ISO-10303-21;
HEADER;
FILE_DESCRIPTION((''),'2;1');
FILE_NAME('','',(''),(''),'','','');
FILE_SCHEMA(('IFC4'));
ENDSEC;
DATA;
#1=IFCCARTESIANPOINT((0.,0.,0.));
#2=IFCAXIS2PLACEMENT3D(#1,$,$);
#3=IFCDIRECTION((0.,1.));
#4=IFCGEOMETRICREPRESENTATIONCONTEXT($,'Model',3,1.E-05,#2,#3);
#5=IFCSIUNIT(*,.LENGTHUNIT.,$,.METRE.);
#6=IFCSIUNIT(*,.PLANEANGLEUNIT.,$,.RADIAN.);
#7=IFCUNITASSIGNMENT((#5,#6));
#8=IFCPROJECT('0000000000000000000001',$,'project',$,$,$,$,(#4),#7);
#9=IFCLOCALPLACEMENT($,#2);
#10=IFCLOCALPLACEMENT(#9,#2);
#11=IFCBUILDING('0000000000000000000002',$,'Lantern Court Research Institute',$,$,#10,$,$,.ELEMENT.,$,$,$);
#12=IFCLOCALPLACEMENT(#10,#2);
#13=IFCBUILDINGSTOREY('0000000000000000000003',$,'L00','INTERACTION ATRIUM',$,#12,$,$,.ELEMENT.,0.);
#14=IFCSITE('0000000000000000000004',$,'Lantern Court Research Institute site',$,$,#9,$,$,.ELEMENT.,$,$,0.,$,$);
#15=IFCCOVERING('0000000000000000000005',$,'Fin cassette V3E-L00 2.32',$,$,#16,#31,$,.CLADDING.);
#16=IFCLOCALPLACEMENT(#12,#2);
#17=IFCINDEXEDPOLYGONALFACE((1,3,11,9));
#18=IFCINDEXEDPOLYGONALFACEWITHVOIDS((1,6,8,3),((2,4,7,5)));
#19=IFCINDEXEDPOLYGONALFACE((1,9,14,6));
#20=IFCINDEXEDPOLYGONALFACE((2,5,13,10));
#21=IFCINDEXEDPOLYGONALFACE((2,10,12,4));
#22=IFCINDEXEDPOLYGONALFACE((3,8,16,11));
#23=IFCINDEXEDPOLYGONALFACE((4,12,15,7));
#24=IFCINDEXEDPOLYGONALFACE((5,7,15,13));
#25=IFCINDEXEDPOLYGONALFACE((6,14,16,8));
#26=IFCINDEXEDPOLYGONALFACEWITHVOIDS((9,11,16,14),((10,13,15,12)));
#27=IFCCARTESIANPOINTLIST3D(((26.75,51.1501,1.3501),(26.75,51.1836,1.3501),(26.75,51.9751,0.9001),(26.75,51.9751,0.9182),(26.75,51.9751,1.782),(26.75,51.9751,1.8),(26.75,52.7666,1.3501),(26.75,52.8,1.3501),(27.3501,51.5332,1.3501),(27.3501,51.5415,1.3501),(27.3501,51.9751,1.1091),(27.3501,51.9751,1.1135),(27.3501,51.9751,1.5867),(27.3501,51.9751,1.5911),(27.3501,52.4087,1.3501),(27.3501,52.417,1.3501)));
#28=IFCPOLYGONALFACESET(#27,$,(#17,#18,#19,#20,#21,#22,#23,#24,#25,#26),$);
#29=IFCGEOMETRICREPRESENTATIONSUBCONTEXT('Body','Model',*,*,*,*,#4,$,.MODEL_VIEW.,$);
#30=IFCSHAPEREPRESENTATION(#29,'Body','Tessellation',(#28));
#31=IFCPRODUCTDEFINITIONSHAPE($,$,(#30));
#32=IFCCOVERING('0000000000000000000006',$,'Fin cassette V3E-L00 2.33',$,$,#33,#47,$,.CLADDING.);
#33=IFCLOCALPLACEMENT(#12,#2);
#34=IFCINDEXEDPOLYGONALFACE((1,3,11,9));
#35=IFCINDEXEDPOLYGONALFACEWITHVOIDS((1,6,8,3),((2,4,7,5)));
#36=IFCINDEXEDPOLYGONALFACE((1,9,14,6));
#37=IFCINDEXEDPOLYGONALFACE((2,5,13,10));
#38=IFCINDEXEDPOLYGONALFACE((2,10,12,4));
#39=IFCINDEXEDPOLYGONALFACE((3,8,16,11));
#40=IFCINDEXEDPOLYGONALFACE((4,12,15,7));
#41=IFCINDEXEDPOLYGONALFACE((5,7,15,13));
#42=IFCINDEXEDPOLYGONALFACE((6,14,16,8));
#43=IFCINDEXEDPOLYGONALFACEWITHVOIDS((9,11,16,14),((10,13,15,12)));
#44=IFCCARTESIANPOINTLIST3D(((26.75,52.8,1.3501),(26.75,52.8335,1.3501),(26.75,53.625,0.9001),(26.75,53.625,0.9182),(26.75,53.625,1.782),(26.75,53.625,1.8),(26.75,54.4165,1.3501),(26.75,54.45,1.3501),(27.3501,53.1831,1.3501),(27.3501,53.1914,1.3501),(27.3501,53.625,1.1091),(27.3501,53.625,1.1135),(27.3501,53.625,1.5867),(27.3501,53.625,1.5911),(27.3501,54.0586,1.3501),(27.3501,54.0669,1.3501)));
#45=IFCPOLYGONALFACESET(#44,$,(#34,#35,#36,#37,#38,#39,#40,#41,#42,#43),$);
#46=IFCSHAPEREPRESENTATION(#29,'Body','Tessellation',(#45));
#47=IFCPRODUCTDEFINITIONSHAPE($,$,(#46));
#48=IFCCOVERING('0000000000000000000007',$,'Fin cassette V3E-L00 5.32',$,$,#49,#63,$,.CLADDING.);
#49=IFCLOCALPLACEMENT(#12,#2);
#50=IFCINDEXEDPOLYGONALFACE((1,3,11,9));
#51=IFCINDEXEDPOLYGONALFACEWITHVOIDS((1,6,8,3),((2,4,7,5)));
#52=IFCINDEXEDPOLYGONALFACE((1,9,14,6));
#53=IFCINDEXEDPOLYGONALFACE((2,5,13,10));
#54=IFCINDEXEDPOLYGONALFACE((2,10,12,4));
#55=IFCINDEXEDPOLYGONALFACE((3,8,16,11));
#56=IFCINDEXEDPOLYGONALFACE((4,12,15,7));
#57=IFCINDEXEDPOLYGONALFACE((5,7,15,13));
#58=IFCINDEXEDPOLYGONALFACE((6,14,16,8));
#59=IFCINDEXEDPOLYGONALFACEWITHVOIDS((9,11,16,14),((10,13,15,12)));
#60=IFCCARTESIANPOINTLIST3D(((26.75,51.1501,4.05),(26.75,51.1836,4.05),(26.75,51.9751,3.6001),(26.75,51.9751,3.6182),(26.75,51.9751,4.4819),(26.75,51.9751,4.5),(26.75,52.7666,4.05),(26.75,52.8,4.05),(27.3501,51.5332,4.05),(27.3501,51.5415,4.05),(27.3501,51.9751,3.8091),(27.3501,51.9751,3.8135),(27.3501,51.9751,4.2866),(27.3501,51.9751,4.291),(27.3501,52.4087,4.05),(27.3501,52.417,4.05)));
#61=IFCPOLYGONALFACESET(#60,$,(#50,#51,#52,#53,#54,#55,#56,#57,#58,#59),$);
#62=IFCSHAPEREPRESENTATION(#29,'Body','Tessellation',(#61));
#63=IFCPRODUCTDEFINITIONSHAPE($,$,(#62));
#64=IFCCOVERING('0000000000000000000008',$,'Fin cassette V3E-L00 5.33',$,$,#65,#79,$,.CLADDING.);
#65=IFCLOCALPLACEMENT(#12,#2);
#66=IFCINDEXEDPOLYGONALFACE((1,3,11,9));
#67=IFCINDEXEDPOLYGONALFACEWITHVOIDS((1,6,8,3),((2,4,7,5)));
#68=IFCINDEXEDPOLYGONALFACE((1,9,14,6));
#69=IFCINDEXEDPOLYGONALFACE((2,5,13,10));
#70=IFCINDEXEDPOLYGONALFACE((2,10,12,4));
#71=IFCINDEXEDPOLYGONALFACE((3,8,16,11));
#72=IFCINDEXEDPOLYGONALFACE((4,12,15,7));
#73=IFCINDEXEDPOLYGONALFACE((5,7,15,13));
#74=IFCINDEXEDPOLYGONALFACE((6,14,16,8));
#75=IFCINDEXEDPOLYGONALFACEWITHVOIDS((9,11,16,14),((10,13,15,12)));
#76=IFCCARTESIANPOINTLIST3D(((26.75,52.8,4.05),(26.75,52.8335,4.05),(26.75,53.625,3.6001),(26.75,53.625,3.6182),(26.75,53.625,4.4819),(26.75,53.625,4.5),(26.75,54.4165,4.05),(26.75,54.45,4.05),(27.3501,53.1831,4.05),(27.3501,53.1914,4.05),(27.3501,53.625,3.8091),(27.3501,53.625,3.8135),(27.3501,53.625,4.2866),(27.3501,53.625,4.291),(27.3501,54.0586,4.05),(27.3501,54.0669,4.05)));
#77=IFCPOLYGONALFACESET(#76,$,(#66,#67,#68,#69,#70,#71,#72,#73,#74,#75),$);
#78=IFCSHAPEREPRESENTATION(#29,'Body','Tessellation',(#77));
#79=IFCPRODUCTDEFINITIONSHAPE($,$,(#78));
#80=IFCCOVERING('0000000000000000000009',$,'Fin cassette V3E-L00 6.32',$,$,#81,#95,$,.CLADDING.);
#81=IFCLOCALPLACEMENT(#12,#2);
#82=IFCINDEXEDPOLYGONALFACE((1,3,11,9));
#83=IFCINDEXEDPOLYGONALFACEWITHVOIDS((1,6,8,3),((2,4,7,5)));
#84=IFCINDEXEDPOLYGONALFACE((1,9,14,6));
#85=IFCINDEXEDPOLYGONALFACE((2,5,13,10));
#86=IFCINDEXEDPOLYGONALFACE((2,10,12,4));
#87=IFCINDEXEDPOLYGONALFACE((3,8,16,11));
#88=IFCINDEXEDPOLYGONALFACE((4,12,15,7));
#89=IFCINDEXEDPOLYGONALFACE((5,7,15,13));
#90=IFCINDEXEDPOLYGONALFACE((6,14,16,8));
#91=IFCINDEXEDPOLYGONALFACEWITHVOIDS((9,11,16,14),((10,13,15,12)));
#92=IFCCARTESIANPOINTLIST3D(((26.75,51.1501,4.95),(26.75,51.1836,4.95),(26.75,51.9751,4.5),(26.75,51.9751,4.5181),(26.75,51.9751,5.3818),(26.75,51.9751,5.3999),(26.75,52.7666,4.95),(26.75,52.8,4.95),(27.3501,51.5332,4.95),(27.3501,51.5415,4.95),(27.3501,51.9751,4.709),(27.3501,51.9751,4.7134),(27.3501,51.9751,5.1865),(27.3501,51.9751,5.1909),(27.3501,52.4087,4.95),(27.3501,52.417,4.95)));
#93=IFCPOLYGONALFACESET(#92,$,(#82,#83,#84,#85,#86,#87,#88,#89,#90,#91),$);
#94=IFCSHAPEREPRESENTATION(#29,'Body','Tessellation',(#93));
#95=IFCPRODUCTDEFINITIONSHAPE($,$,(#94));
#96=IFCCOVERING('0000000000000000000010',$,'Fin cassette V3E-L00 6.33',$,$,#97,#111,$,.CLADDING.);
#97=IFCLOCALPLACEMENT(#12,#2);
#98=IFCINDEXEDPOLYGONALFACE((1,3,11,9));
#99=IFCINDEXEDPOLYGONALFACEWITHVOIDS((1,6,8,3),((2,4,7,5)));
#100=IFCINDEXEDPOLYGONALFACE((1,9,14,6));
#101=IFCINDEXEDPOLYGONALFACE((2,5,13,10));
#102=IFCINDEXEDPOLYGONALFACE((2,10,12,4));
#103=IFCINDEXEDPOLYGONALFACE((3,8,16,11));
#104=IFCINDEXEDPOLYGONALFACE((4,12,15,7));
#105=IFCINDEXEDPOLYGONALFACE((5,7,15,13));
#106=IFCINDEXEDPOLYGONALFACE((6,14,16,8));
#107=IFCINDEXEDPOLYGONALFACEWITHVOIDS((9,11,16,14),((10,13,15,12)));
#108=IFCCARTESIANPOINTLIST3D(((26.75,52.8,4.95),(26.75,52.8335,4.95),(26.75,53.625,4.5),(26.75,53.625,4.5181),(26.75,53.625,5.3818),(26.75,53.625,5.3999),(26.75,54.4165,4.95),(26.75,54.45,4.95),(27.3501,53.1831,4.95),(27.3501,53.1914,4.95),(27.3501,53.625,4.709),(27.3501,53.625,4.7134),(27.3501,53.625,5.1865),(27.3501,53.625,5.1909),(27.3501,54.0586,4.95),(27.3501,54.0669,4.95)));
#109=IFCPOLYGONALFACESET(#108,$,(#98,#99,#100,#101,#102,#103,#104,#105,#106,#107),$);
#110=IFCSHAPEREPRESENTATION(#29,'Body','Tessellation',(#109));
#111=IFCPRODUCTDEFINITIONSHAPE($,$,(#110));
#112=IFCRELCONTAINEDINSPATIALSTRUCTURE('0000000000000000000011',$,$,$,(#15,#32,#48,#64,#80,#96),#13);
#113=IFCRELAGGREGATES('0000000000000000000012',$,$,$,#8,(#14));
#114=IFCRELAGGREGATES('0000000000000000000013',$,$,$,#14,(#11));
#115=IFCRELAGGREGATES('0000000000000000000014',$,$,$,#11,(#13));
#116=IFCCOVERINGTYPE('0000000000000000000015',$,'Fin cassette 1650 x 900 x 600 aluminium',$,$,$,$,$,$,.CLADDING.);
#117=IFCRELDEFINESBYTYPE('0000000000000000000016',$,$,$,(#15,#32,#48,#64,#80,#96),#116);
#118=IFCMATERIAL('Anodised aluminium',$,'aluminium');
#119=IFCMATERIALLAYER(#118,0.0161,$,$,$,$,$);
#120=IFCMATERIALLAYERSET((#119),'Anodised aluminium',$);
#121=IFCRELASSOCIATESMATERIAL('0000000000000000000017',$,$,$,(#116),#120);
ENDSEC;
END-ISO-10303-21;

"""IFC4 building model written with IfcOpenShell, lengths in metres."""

from ifc_helpers import new_model, entity, si_unit, direction, frame, origin, place, context, subcontext, project, spatial, material, layer, layer_set, type_object, element, save


model = new_model("IFC4")

# Units and contexts
model_context = context("Model", 3, precision=1e-05, world=origin(), true_north=direction((0.0, 1.0)))
body_context = subcontext(model_context, "Body", "Model", "MODEL_VIEW")
ifc_project = project(units=[si_unit("LENGTHUNIT", "METRE"), si_unit("PLANEANGLEUNIT", "RADIAN")], contexts=[model_context])

# Site, building, storey
site_placement = place(None, origin())
site = spatial("IfcSite", under=ifc_project, at=site_placement, Name="Lantern Court Research Institute site", CompositionType="ELEMENT", RefElevation=0.0)
building_placement = place(site_placement, origin())
building = spatial("IfcBuilding", under=site, at=building_placement, Name="Lantern Court Research Institute", CompositionType="ELEMENT")
storey_placement = place(building_placement, origin())
storey = spatial("IfcBuildingStorey", under=building, at=storey_placement, Name="L00", Description="INTERACTION ATRIUM", CompositionType="ELEMENT", Elevation=0.0)

# Coverings
ifc_material_1 = material(Name="Anodised aluminium", Category="aluminium")
ifc_layer_1 = layer(ifc_material_1, 0.0161)
ifc_layer_set_1 = layer_set([ifc_layer_1], Name="Anodised aluminium")
covering_type_1 = type_object("IfcCoveringType", Name="Fin cassette 1650 x 900 x 600 aluminium", PredefinedType="CLADDING", material=ifc_layer_set_1)
covering_1_placement = place(storey_placement, frame((26.75, 51.9751, 1.3501), z_axis=(1.0, 0.0, 0.0), x_axis=(0.0, 1.0, 0.0)))
cartesian_point_1 = entity("IfcCartesianPoint", [0.825, 0.0])
cartesian_point_2 = entity("IfcCartesianPoint", [0.7915, 0.0])
cartesian_point_3 = entity("IfcCartesianPoint", [0.4419, 0.0])
cartesian_point_4 = entity("IfcCartesianPoint", [0.4336, 0.0])
element("IfcCovering", 1, at=covering_1_placement, inside=storey, type_object=covering_type_1, Name="Fin cassette V3E-L00 2.32", PredefinedType="CLADDING", context=body_context, shape_type="SweptSolid", body=[
    entity("IfcExtrudedAreaSolidTapered", entity("IfcArbitraryProfileDefWithVoids", "AREA", None, entity("IfcPolyline", [cartesian_point_1, entity("IfcCartesianPoint", [0.0, 0.45]), entity("IfcCartesianPoint", [-0.825, 0.0]), entity("IfcCartesianPoint", [0.0, -0.45]), cartesian_point_1]), [entity("IfcPolyline", [cartesian_point_2, entity("IfcCartesianPoint", [0.0, 0.4319]), entity("IfcCartesianPoint", [-0.7915, 0.0]), entity("IfcCartesianPoint", [0.0, -0.4319]), cartesian_point_2])]), entity("IfcAxis2Placement3D", entity("IfcCartesianPoint", [0.0, 0.0, 0.0])), entity("IfcDirection", [0.0, 0.0, 1.0]), 0.6001, entity("IfcArbitraryProfileDefWithVoids", "AREA", None, entity("IfcPolyline", [cartesian_point_3, entity("IfcCartesianPoint", [0.0, 0.241]), entity("IfcCartesianPoint", [-0.4419, 0.0]), entity("IfcCartesianPoint", [0.0, -0.241]), cartesian_point_3]), [entity("IfcPolyline", [cartesian_point_4, entity("IfcCartesianPoint", [0.0, 0.2366]), entity("IfcCartesianPoint", [-0.4336, 0.0]), entity("IfcCartesianPoint", [0.0, -0.2366]), cartesian_point_4])])),
])
covering_2_placement = place(storey_placement, frame((26.75, 53.625, 1.3501), z_axis=(1.0, 0.0, 0.0), x_axis=(0.0, 1.0, 0.0)))
cartesian_point_5 = entity("IfcCartesianPoint", [0.825, 0.0])
cartesian_point_6 = entity("IfcCartesianPoint", [0.7915, 0.0])
cartesian_point_7 = entity("IfcCartesianPoint", [0.4419, 0.0])
cartesian_point_8 = entity("IfcCartesianPoint", [0.4336, 0.0])
element("IfcCovering", 2, at=covering_2_placement, inside=storey, type_object=covering_type_1, Name="Fin cassette V3E-L00 2.33", PredefinedType="CLADDING", context=body_context, shape_type="SweptSolid", body=[
    entity("IfcExtrudedAreaSolidTapered", entity("IfcArbitraryProfileDefWithVoids", "AREA", None, entity("IfcPolyline", [cartesian_point_5, entity("IfcCartesianPoint", [0.0, 0.45]), entity("IfcCartesianPoint", [-0.825, 0.0]), entity("IfcCartesianPoint", [0.0, -0.45]), cartesian_point_5]), [entity("IfcPolyline", [cartesian_point_6, entity("IfcCartesianPoint", [0.0, 0.4319]), entity("IfcCartesianPoint", [-0.7915, 0.0]), entity("IfcCartesianPoint", [0.0, -0.4319]), cartesian_point_6])]), entity("IfcAxis2Placement3D", entity("IfcCartesianPoint", [0.0, 0.0, 0.0])), entity("IfcDirection", [0.0, 0.0, 1.0]), 0.6001, entity("IfcArbitraryProfileDefWithVoids", "AREA", None, entity("IfcPolyline", [cartesian_point_7, entity("IfcCartesianPoint", [0.0, 0.241]), entity("IfcCartesianPoint", [-0.4419, 0.0]), entity("IfcCartesianPoint", [0.0, -0.241]), cartesian_point_7]), [entity("IfcPolyline", [cartesian_point_8, entity("IfcCartesianPoint", [0.0, 0.2366]), entity("IfcCartesianPoint", [-0.4336, 0.0]), entity("IfcCartesianPoint", [0.0, -0.2366]), cartesian_point_8])])),
])
covering_3_placement = place(storey_placement, frame((26.75, 51.9751, 4.05), z_axis=(1.0, 0.0, 0.0), x_axis=(0.0, 1.0, 0.0)))
cartesian_point_9 = entity("IfcCartesianPoint", [0.825, 0.0])
cartesian_point_10 = entity("IfcCartesianPoint", [0.7915, 0.0])
cartesian_point_11 = entity("IfcCartesianPoint", [0.4419, 0.0])
cartesian_point_12 = entity("IfcCartesianPoint", [0.4336, 0.0])
element("IfcCovering", 3, at=covering_3_placement, inside=storey, type_object=covering_type_1, Name="Fin cassette V3E-L00 5.32", PredefinedType="CLADDING", context=body_context, shape_type="SweptSolid", body=[
    entity("IfcExtrudedAreaSolidTapered", entity("IfcArbitraryProfileDefWithVoids", "AREA", None, entity("IfcPolyline", [cartesian_point_9, entity("IfcCartesianPoint", [0.0, 0.45]), entity("IfcCartesianPoint", [-0.825, 0.0]), entity("IfcCartesianPoint", [0.0, -0.45]), cartesian_point_9]), [entity("IfcPolyline", [cartesian_point_10, entity("IfcCartesianPoint", [0.0, 0.4319]), entity("IfcCartesianPoint", [-0.7915, 0.0]), entity("IfcCartesianPoint", [0.0, -0.4319]), cartesian_point_10])]), entity("IfcAxis2Placement3D", entity("IfcCartesianPoint", [0.0, 0.0, 0.0])), entity("IfcDirection", [0.0, 0.0, 1.0]), 0.6001, entity("IfcArbitraryProfileDefWithVoids", "AREA", None, entity("IfcPolyline", [cartesian_point_11, entity("IfcCartesianPoint", [0.0, 0.241]), entity("IfcCartesianPoint", [-0.4419, 0.0]), entity("IfcCartesianPoint", [0.0, -0.241]), cartesian_point_11]), [entity("IfcPolyline", [cartesian_point_12, entity("IfcCartesianPoint", [0.0, 0.2366]), entity("IfcCartesianPoint", [-0.4336, 0.0]), entity("IfcCartesianPoint", [0.0, -0.2366]), cartesian_point_12])])),
])
covering_4_placement = place(storey_placement, frame((26.75, 53.625, 4.05), z_axis=(1.0, 0.0, 0.0), x_axis=(0.0, 1.0, 0.0)))
cartesian_point_13 = entity("IfcCartesianPoint", [0.825, 0.0])
cartesian_point_14 = entity("IfcCartesianPoint", [0.7915, 0.0])
cartesian_point_15 = entity("IfcCartesianPoint", [0.4419, 0.0])
cartesian_point_16 = entity("IfcCartesianPoint", [0.4336, 0.0])
element("IfcCovering", 4, at=covering_4_placement, inside=storey, type_object=covering_type_1, Name="Fin cassette V3E-L00 5.33", PredefinedType="CLADDING", context=body_context, shape_type="SweptSolid", body=[
    entity("IfcExtrudedAreaSolidTapered", entity("IfcArbitraryProfileDefWithVoids", "AREA", None, entity("IfcPolyline", [cartesian_point_13, entity("IfcCartesianPoint", [0.0, 0.45]), entity("IfcCartesianPoint", [-0.825, 0.0]), entity("IfcCartesianPoint", [0.0, -0.45]), cartesian_point_13]), [entity("IfcPolyline", [cartesian_point_14, entity("IfcCartesianPoint", [0.0, 0.4319]), entity("IfcCartesianPoint", [-0.7915, 0.0]), entity("IfcCartesianPoint", [0.0, -0.4319]), cartesian_point_14])]), entity("IfcAxis2Placement3D", entity("IfcCartesianPoint", [0.0, 0.0, 0.0])), entity("IfcDirection", [0.0, 0.0, 1.0]), 0.6001, entity("IfcArbitraryProfileDefWithVoids", "AREA", None, entity("IfcPolyline", [cartesian_point_15, entity("IfcCartesianPoint", [0.0, 0.241]), entity("IfcCartesianPoint", [-0.4419, 0.0]), entity("IfcCartesianPoint", [0.0, -0.241]), cartesian_point_15]), [entity("IfcPolyline", [cartesian_point_16, entity("IfcCartesianPoint", [0.0, 0.2366]), entity("IfcCartesianPoint", [-0.4336, 0.0]), entity("IfcCartesianPoint", [0.0, -0.2366]), cartesian_point_16])])),
])
covering_5_placement = place(storey_placement, frame((26.75, 51.9751, 4.95), z_axis=(1.0, 0.0, 0.0), x_axis=(0.0, 1.0, 0.0)))
cartesian_point_17 = entity("IfcCartesianPoint", [0.825, 0.0])
cartesian_point_18 = entity("IfcCartesianPoint", [0.7915, 0.0])
cartesian_point_19 = entity("IfcCartesianPoint", [0.4419, 0.0])
cartesian_point_20 = entity("IfcCartesianPoint", [0.4336, 0.0])
element("IfcCovering", 5, at=covering_5_placement, inside=storey, type_object=covering_type_1, Name="Fin cassette V3E-L00 6.32", PredefinedType="CLADDING", context=body_context, shape_type="SweptSolid", body=[
    entity("IfcExtrudedAreaSolidTapered", entity("IfcArbitraryProfileDefWithVoids", "AREA", None, entity("IfcPolyline", [cartesian_point_17, entity("IfcCartesianPoint", [0.0, 0.45]), entity("IfcCartesianPoint", [-0.825, 0.0]), entity("IfcCartesianPoint", [0.0, -0.45]), cartesian_point_17]), [entity("IfcPolyline", [cartesian_point_18, entity("IfcCartesianPoint", [0.0, 0.4319]), entity("IfcCartesianPoint", [-0.7915, 0.0]), entity("IfcCartesianPoint", [0.0, -0.4319]), cartesian_point_18])]), entity("IfcAxis2Placement3D", entity("IfcCartesianPoint", [0.0, 0.0, 0.0])), entity("IfcDirection", [0.0, 0.0, 1.0]), 0.6001, entity("IfcArbitraryProfileDefWithVoids", "AREA", None, entity("IfcPolyline", [cartesian_point_19, entity("IfcCartesianPoint", [0.0, 0.241]), entity("IfcCartesianPoint", [-0.4419, 0.0]), entity("IfcCartesianPoint", [0.0, -0.241]), cartesian_point_19]), [entity("IfcPolyline", [cartesian_point_20, entity("IfcCartesianPoint", [0.0, 0.2366]), entity("IfcCartesianPoint", [-0.4336, 0.0]), entity("IfcCartesianPoint", [0.0, -0.2366]), cartesian_point_20])])),
])
covering_6_placement = place(storey_placement, frame((26.75, 53.625, 4.95), z_axis=(1.0, 0.0, 0.0), x_axis=(0.0, 1.0, 0.0)))
cartesian_point_21 = entity("IfcCartesianPoint", [0.825, 0.0])
cartesian_point_22 = entity("IfcCartesianPoint", [0.7915, 0.0])
cartesian_point_23 = entity("IfcCartesianPoint", [0.4419, 0.0])
cartesian_point_24 = entity("IfcCartesianPoint", [0.4336, 0.0])
element("IfcCovering", 6, at=covering_6_placement, inside=storey, type_object=covering_type_1, Name="Fin cassette V3E-L00 6.33", PredefinedType="CLADDING", context=body_context, shape_type="SweptSolid", body=[
    entity("IfcExtrudedAreaSolidTapered", entity("IfcArbitraryProfileDefWithVoids", "AREA", None, entity("IfcPolyline", [cartesian_point_21, entity("IfcCartesianPoint", [0.0, 0.45]), entity("IfcCartesianPoint", [-0.825, 0.0]), entity("IfcCartesianPoint", [0.0, -0.45]), cartesian_point_21]), [entity("IfcPolyline", [cartesian_point_22, entity("IfcCartesianPoint", [0.0, 0.4319]), entity("IfcCartesianPoint", [-0.7915, 0.0]), entity("IfcCartesianPoint", [0.0, -0.4319]), cartesian_point_22])]), entity("IfcAxis2Placement3D", entity("IfcCartesianPoint", [0.0, 0.0, 0.0])), entity("IfcDirection", [0.0, 0.0, 1.0]), 0.6001, entity("IfcArbitraryProfileDefWithVoids", "AREA", None, entity("IfcPolyline", [cartesian_point_23, entity("IfcCartesianPoint", [0.0, 0.241]), entity("IfcCartesianPoint", [-0.4419, 0.0]), entity("IfcCartesianPoint", [0.0, -0.241]), cartesian_point_23]), [entity("IfcPolyline", [cartesian_point_24, entity("IfcCartesianPoint", [0.0, 0.2366]), entity("IfcCartesianPoint", [-0.4336, 0.0]), entity("IfcCartesianPoint", [0.0, -0.2366]), cartesian_point_24])])),
])

save(model, "model.ifc")
